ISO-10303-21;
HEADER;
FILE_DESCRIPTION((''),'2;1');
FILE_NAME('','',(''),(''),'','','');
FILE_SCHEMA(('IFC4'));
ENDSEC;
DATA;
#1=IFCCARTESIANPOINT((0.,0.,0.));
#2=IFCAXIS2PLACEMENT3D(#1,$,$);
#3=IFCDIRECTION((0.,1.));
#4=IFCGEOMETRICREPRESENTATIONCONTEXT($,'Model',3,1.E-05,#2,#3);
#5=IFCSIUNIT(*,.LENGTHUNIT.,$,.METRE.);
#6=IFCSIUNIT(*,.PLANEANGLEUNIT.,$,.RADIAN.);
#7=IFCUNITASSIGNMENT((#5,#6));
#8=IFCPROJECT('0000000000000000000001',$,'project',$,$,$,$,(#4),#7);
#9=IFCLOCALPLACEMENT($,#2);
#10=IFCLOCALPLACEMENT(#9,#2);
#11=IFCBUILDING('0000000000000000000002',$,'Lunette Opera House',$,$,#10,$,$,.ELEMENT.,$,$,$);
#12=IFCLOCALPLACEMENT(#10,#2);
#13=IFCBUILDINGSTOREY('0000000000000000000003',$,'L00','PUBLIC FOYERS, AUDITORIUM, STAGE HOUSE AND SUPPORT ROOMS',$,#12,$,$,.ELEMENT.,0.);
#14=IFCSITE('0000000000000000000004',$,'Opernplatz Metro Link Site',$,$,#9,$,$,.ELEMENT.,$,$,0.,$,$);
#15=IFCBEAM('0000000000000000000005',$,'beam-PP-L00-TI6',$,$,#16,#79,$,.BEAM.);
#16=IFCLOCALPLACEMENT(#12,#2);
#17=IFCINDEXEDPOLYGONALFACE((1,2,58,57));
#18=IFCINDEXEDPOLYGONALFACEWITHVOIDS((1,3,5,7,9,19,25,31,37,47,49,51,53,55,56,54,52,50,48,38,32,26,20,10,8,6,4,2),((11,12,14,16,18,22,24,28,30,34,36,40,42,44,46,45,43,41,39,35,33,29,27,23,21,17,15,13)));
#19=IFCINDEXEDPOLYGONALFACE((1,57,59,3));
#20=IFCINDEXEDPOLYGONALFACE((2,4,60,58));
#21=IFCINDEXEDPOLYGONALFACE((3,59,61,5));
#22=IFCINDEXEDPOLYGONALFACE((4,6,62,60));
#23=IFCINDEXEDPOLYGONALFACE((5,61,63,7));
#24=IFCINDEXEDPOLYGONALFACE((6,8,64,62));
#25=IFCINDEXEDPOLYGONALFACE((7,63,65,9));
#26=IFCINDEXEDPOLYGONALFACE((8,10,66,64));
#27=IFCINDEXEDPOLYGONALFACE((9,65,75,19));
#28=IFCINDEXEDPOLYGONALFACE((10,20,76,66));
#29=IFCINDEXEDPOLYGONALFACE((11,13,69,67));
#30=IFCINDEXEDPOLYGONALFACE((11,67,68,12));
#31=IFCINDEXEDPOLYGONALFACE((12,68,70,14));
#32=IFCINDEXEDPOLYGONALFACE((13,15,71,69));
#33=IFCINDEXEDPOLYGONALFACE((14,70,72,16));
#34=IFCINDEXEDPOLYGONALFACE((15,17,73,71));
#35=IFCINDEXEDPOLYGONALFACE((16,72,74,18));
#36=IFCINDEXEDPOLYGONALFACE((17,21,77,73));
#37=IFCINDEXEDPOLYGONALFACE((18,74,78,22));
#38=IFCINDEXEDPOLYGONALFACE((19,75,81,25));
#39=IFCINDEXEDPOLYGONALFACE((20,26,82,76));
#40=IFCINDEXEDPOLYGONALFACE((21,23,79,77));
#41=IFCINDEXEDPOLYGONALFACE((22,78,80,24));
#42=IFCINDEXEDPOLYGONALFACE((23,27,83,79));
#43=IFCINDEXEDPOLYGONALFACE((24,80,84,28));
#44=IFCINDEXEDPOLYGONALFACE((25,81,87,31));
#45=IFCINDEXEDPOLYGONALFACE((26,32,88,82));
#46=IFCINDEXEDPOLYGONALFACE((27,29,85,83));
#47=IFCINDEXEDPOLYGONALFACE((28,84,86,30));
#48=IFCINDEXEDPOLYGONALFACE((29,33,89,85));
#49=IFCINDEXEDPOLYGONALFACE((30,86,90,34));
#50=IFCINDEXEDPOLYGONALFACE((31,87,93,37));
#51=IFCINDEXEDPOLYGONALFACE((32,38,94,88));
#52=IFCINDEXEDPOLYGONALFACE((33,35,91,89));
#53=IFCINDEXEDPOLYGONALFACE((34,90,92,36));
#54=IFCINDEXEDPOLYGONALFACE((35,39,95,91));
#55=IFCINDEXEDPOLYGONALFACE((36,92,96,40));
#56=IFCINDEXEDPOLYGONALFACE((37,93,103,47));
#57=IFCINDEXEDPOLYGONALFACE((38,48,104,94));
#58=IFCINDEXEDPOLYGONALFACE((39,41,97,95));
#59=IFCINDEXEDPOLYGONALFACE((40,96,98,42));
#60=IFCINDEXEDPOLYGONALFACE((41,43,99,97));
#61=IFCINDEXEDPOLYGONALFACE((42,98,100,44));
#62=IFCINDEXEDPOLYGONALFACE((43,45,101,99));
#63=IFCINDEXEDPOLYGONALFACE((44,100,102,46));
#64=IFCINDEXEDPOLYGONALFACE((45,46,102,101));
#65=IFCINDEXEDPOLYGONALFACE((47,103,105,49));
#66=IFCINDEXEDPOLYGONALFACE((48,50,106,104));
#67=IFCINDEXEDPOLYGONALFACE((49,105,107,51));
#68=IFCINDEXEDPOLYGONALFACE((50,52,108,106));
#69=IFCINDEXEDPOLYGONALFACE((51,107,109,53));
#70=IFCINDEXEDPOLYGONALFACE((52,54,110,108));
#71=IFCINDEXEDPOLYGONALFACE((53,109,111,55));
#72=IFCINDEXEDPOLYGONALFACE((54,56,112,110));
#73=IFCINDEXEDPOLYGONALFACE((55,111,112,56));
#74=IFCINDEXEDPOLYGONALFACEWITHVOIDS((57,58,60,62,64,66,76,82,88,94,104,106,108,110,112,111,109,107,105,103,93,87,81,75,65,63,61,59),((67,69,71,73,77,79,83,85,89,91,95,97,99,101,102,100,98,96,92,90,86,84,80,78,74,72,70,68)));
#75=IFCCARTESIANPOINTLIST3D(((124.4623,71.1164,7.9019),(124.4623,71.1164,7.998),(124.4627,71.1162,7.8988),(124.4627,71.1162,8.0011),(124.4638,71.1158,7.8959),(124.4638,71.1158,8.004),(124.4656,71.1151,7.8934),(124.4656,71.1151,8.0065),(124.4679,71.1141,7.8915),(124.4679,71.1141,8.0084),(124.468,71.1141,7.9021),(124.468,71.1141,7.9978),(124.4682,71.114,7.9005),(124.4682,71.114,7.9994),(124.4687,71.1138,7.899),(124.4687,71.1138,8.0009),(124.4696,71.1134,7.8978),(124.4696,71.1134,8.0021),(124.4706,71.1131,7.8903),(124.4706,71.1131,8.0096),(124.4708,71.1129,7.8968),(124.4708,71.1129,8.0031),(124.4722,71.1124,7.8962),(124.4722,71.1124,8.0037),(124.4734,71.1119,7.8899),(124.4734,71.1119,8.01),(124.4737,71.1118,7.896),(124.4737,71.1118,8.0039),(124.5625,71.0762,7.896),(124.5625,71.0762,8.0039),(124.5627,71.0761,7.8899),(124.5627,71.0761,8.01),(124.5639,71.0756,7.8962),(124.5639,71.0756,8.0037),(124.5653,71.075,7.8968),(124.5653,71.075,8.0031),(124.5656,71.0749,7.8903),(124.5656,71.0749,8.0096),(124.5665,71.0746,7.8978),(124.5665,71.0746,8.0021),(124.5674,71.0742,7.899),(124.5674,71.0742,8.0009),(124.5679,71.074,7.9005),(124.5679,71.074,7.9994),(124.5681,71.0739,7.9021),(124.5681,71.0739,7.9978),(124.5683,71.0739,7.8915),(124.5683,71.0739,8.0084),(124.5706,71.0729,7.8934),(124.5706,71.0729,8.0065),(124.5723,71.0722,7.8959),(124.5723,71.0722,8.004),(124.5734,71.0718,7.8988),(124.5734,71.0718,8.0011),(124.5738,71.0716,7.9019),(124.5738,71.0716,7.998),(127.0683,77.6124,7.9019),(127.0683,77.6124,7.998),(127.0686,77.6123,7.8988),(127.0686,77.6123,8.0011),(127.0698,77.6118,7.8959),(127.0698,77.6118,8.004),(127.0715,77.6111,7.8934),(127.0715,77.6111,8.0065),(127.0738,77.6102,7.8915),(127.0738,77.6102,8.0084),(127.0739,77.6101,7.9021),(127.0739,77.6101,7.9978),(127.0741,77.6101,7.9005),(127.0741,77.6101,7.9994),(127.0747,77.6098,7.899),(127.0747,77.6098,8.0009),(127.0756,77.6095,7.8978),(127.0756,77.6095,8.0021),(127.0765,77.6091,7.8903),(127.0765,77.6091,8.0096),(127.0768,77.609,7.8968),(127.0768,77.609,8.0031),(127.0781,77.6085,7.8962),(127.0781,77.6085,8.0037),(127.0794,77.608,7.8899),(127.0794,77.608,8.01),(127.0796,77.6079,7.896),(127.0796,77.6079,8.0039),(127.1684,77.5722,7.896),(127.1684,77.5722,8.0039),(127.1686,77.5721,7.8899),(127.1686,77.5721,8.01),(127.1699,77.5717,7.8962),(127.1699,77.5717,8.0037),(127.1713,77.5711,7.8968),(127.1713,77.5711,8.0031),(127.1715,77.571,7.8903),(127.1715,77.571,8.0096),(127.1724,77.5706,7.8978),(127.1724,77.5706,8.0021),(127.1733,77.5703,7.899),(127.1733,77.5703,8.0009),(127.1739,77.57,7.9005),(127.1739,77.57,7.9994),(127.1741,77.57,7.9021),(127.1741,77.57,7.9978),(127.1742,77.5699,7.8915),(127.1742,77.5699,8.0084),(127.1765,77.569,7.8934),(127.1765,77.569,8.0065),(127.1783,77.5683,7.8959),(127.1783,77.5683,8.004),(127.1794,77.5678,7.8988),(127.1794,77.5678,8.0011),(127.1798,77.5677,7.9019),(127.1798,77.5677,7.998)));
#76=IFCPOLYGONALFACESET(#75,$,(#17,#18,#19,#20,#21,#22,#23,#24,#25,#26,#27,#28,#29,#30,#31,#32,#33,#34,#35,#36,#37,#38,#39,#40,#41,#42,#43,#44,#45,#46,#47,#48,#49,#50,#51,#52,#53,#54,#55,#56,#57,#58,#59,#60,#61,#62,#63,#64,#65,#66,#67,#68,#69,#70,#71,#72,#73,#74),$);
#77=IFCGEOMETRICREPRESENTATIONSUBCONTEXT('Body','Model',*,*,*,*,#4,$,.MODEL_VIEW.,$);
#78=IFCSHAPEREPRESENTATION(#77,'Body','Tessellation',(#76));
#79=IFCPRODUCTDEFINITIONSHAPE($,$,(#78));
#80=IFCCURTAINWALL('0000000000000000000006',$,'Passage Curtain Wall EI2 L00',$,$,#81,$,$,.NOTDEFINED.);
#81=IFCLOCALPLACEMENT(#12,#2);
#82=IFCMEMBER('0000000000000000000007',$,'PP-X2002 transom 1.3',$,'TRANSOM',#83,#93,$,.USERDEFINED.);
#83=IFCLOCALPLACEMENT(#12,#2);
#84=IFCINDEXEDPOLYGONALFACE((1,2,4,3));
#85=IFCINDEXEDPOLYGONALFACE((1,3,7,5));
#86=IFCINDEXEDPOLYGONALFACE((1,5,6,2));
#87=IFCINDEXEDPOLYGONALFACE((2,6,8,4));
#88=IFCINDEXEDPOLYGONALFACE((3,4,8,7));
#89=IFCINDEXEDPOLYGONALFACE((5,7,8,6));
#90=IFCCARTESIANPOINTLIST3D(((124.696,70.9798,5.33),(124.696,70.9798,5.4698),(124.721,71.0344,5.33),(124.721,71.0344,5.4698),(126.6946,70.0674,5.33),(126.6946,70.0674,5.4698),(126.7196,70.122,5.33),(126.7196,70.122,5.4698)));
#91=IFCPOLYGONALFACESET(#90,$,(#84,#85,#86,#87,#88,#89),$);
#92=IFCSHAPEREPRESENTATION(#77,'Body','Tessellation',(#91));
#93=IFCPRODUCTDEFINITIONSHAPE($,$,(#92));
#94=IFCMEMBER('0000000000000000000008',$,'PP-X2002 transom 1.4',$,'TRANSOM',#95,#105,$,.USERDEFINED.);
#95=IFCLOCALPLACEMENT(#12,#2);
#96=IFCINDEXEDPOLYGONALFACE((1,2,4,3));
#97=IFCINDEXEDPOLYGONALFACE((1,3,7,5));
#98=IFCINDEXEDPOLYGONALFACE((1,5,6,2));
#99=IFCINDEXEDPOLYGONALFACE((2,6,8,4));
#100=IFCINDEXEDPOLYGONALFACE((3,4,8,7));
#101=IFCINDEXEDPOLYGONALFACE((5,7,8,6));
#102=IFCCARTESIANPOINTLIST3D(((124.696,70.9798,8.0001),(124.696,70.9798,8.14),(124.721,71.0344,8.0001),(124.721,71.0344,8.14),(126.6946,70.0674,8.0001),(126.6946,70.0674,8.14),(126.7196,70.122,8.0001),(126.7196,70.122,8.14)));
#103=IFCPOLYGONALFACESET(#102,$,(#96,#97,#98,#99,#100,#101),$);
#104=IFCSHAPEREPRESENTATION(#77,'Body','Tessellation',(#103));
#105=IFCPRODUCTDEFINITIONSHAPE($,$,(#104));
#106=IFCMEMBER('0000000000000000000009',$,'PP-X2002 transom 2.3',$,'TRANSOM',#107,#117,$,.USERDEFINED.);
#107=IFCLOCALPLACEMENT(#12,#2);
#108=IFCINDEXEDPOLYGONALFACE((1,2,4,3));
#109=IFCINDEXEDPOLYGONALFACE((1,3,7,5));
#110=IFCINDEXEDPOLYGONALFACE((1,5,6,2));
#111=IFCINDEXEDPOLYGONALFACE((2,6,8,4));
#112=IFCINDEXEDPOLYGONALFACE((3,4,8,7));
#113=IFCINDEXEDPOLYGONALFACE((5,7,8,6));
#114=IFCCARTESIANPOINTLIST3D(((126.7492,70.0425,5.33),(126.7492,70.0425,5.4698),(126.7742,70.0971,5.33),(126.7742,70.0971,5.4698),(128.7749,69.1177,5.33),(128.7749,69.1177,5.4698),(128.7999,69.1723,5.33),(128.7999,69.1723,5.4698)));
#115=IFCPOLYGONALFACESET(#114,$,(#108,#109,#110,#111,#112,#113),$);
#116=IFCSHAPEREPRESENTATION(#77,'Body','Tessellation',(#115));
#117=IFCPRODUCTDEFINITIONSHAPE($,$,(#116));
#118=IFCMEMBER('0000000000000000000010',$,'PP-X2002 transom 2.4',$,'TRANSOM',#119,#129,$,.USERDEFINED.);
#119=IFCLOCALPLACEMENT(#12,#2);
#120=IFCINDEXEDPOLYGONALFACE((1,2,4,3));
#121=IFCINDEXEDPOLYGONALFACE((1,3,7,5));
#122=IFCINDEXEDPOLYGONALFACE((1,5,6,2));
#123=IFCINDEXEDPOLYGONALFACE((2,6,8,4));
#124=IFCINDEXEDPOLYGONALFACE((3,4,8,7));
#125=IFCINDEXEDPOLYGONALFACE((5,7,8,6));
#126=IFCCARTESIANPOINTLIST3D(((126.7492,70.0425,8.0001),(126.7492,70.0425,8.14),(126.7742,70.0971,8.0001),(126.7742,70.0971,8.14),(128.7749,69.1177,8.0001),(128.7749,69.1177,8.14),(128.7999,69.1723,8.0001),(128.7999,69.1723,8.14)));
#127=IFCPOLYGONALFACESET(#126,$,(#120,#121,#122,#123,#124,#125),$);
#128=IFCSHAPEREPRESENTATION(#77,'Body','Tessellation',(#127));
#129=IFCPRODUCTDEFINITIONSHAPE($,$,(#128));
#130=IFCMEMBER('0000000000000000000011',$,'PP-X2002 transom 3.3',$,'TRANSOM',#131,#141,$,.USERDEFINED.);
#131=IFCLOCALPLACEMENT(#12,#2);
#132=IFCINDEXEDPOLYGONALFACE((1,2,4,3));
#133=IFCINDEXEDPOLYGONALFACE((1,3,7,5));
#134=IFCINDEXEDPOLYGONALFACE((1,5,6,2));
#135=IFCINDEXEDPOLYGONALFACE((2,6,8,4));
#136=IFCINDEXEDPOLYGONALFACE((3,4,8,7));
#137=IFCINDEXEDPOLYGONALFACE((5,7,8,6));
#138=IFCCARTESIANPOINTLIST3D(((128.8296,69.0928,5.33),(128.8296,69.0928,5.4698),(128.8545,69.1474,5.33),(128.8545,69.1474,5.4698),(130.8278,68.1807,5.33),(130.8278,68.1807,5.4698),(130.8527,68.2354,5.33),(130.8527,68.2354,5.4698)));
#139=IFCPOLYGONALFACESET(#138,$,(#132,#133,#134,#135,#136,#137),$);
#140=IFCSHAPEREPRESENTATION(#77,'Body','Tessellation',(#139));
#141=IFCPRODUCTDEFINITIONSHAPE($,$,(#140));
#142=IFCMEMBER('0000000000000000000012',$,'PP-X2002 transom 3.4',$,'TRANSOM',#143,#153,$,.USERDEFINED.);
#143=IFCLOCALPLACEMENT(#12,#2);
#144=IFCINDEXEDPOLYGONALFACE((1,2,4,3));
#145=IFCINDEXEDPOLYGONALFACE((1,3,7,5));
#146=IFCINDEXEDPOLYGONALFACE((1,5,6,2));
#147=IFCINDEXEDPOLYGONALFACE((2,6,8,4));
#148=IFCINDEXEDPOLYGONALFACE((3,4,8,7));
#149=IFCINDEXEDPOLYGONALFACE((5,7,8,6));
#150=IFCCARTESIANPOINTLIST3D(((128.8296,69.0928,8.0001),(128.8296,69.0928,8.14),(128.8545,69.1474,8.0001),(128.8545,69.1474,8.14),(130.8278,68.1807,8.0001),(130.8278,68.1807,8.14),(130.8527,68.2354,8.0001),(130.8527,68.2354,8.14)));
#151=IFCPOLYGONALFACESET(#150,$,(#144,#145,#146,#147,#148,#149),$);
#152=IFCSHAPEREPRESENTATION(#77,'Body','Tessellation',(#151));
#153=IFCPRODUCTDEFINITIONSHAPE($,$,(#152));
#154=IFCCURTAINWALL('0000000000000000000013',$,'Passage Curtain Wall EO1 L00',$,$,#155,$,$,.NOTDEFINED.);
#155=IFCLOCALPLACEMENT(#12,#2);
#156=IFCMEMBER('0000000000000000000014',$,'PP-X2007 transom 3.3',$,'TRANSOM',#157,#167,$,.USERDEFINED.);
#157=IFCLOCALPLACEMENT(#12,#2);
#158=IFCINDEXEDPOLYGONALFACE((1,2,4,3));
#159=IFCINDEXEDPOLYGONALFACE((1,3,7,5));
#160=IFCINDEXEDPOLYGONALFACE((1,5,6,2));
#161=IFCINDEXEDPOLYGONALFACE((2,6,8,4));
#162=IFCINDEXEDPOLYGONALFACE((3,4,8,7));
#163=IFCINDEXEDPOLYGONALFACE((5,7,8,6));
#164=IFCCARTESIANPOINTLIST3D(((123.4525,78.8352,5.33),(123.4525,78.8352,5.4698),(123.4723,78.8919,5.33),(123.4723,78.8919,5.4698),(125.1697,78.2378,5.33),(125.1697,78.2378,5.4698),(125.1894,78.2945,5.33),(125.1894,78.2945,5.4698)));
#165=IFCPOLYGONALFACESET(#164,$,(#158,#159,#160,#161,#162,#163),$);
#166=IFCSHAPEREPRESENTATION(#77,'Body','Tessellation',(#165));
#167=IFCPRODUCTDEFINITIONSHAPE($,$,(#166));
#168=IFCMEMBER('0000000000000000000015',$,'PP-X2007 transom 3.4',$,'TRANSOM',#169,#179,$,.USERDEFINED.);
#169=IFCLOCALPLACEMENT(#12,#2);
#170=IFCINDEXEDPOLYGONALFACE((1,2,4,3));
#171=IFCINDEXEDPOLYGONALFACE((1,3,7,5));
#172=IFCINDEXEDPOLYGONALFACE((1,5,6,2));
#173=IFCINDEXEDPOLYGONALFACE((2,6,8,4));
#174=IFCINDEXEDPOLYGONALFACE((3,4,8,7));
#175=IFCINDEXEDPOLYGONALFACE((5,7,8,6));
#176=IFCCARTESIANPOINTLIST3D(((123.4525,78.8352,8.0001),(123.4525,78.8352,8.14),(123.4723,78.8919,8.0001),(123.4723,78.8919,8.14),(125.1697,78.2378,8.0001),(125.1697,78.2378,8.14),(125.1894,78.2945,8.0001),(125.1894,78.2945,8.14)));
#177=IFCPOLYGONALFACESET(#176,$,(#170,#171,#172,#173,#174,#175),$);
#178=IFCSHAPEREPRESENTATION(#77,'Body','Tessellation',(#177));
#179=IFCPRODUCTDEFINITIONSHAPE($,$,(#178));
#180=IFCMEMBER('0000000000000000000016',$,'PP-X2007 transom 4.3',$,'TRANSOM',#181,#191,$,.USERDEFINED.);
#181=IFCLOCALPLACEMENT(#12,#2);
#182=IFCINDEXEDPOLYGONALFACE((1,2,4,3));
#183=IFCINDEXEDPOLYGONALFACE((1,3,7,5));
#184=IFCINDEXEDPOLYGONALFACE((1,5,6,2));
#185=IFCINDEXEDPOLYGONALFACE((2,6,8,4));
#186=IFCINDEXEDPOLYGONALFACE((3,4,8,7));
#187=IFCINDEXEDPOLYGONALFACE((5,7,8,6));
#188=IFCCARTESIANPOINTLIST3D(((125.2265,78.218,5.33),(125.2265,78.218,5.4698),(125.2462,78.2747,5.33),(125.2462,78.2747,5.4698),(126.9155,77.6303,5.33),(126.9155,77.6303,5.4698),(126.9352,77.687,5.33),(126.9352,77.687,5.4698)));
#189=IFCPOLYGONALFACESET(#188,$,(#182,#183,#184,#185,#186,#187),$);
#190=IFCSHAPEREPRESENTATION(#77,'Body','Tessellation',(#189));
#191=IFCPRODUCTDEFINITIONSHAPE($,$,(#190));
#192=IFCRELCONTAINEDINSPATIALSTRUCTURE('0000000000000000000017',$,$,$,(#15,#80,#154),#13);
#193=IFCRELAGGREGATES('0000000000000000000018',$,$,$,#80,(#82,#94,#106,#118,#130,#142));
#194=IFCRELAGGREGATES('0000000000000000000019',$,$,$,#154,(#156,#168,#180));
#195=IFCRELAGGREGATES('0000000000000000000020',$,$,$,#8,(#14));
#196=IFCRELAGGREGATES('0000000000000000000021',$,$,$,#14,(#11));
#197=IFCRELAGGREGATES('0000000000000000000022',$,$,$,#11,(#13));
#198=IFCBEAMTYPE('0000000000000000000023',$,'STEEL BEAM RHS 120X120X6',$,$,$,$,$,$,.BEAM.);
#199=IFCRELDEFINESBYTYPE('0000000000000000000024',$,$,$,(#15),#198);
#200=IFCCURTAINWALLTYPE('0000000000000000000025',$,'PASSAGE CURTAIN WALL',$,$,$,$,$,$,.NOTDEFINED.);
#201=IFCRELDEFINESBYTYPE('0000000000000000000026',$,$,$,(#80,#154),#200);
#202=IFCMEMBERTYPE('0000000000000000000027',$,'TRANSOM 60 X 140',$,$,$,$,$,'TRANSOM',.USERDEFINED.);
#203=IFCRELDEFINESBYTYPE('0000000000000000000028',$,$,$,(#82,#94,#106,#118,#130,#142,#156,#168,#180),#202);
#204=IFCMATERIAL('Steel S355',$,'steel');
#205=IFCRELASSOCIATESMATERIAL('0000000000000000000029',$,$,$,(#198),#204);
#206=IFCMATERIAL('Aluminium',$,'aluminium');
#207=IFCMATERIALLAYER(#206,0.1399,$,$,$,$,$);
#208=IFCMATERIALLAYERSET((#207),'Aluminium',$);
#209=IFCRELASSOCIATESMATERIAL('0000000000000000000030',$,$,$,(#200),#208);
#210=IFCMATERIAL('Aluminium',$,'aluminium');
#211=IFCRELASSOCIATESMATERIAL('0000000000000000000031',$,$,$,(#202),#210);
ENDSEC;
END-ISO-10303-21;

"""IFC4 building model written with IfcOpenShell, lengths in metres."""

from ifc_helpers import new_model, si_unit, direction, frame, origin, origin_2d, place, context, subcontext, project, spatial, rectangle, hollow_rectangle, extrude, material, layer, layer_set, material_profile, profile_set, type_object, element, aggregate, save


model = new_model("IFC4")

# Units and contexts
model_context = context("Model", 3, precision=1e-05, world=origin(), true_north=direction((0.0, 1.0)))
body_context = subcontext(model_context, "Body", "Model", "MODEL_VIEW")
ifc_project = project(units=[si_unit("LENGTHUNIT", "METRE"), si_unit("PLANEANGLEUNIT", "RADIAN")], contexts=[model_context])

# Site, building, storey
site_placement = place(None, origin())
site = spatial("IfcSite", under=ifc_project, at=site_placement, Name="Opernplatz Metro Link Site", CompositionType="ELEMENT", RefElevation=0.0)
building_placement = place(site_placement, origin())
building = spatial("IfcBuilding", under=site, at=building_placement, Name="Lunette Opera House", CompositionType="ELEMENT")
storey_placement = place(building_placement, origin())
storey = spatial("IfcBuildingStorey", under=building, at=storey_placement, Name="L00", Description="PUBLIC FOYERS, AUDITORIUM, STAGE HOUSE AND SUPPORT ROOMS", CompositionType="ELEMENT", Elevation=0.0)

# Beam
ifc_material_1 = material(Name="Steel S355", Category="steel")
ifc_material_profile_1 = material_profile(ifc_material_1, hollow_rectangle(XDim=0.1201, YDim=0.1201, WallThickness=0.0061, InnerFilletRadius=0.0061, OuterFilletRadius=0.012, at=origin_2d()), Name="RHS 120X120X6")
ifc_profile_set_1 = profile_set([ifc_material_profile_1], Name="Steel S355")
beam_type_1 = type_object("IfcBeamType", Name="STEEL BEAM RHS 120X120X6", PredefinedType="BEAM", material=ifc_profile_set_1)
beam_placement = place(storey_placement, frame((124.5181, 71.094, 7.95), z_axis=(0.372317, 0.928106, 0.0), x_axis=(-0.928106, 0.372317, 0.0)))
element("IfcBeam", 1, at=beam_placement, inside=storey, type_object=beam_type_1, Name="beam-PP-L00-TI6", PredefinedType="BEAM", context=body_context, shape_type="SweptSolid", body=[
    extrude(hollow_rectangle(XDim=0.1201, YDim=0.1201, WallThickness=0.0061, InnerFilletRadius=0.0061, OuterFilletRadius=0.012, at=origin_2d()), origin(), (0.0, 0.0, 1.0), 6.9993),
])

# Curtain walls, members
ifc_material_2 = material(Name="Aluminium", Category="aluminium")
ifc_layer_1 = layer(ifc_material_2, 0.1399)
ifc_layer_set_1 = layer_set([ifc_layer_1], Name="Aluminium")
curtain_wall_type = type_object("IfcCurtainWallType", Name="PASSAGE CURTAIN WALL", PredefinedType="NOTDEFINED", material=ifc_layer_set_1)
curtain_wall_1_placement = place(storey_placement, origin())
curtain_wall_1 = element("IfcCurtainWall", 2, at=curtain_wall_1_placement, inside=storey, type_object=curtain_wall_type, Name="Passage Curtain Wall EI2 L00", PredefinedType="NOTDEFINED")
ifc_material_3 = material(Name="Aluminium", Category="aluminium")
ifc_material_profile_2 = material_profile(ifc_material_3, rectangle(XDim=0.0601, YDim=0.1399, at=origin_2d()), Name="TRANSOM 60 X 140")
ifc_profile_set_2 = profile_set([ifc_material_profile_2], Name="Aluminium")
member_type_1 = type_object("IfcMemberType", Name="TRANSOM 60 X 140", ElementType="TRANSOM", PredefinedType="USERDEFINED", material=ifc_profile_set_2)
member_1_placement = place(storey_placement, frame((124.7085, 71.0071, 5.3999), z_axis=(0.909692, -0.415284, 0.0), x_axis=(0.415284, 0.909692, 0.0)))
member_1 = element("IfcMember", 3, at=member_1_placement, type_object=member_type_1, Name="PP-X2002 transom 1.3", ObjectType="TRANSOM", PredefinedType="USERDEFINED", context=body_context, shape_type="SweptSolid", body=[
    extrude(rectangle(XDim=0.0601, YDim=0.1399, at=origin_2d()), origin(), (0.0, 0.0, 1.0), 2.197),
])
member_2_placement = place(storey_placement, frame((124.7085, 71.0071, 8.0701), z_axis=(0.909692, -0.415284, 0.0), x_axis=(0.415284, 0.909692, 0.0)))
member_2 = element("IfcMember", 4, at=member_2_placement, type_object=member_type_1, Name="PP-X2002 transom 1.4", ObjectType="TRANSOM", PredefinedType="USERDEFINED", context=body_context, shape_type="SweptSolid", body=[
    extrude(rectangle(XDim=0.0601, YDim=0.1399, at=origin_2d()), origin(), (0.0, 0.0, 1.0), 2.197),
])
member_3_placement = place(storey_placement, frame((126.7617, 70.0698, 5.3999), z_axis=(0.909678, -0.415314, 0.0), x_axis=(0.415314, 0.909678, 0.0)))
member_3 = element("IfcMember", 5, at=member_3_placement, type_object=member_type_1, Name="PP-X2002 transom 2.3", ObjectType="TRANSOM", PredefinedType="USERDEFINED", context=body_context, shape_type="SweptSolid", body=[
    extrude(rectangle(XDim=0.0601, YDim=0.1399, at=origin_2d()), origin(), (0.0, 0.0, 1.0), 2.2268),
])
member_4_placement = place(storey_placement, frame((126.7617, 70.0698, 8.0701), z_axis=(0.909678, -0.415314, 0.0), x_axis=(0.415314, 0.909678, 0.0)))
member_4 = element("IfcMember", 6, at=member_4_placement, type_object=member_type_1, Name="PP-X2002 transom 2.4", ObjectType="TRANSOM", PredefinedType="USERDEFINED", context=body_context, shape_type="SweptSolid", body=[
    extrude(rectangle(XDim=0.0601, YDim=0.1399, at=origin_2d()), origin(), (0.0, 0.0, 1.0), 2.2268),
])
member_5_placement = place(storey_placement, frame((128.842, 69.1201, 5.3999), z_axis=(0.909714, -0.415234, 0.0), x_axis=(0.415234, 0.909714, 0.0)))
member_5 = element("IfcMember", 7, at=member_5_placement, type_object=member_type_1, Name="PP-X2002 transom 3.3", ObjectType="TRANSOM", PredefinedType="USERDEFINED", context=body_context, shape_type="SweptSolid", body=[
    extrude(rectangle(XDim=0.0601, YDim=0.1399, at=origin_2d()), origin(), (0.0, 0.0, 1.0), 2.1965),
])
member_6_placement = place(storey_placement, frame((128.842, 69.1201, 8.0701), z_axis=(0.909714, -0.415234, 0.0), x_axis=(0.415234, 0.909714, 0.0)))
member_6 = element("IfcMember", 8, at=member_6_placement, type_object=member_type_1, Name="PP-X2002 transom 3.4", ObjectType="TRANSOM", PredefinedType="USERDEFINED", context=body_context, shape_type="SweptSolid", body=[
    extrude(rectangle(XDim=0.0601, YDim=0.1399, at=origin_2d()), origin(), (0.0, 0.0, 1.0), 2.1965),
])
curtain_wall_2_placement = place(storey_placement, origin())
curtain_wall_2 = element("IfcCurtainWall", 9, at=curtain_wall_2_placement, inside=storey, type_object=curtain_wall_type, Name="Passage Curtain Wall EO1 L00", PredefinedType="NOTDEFINED")
member_7_placement = place(storey_placement, frame((123.4624, 78.8635, 5.3999), z_axis=(0.94448, -0.328567, 0.0), x_axis=(0.328567, 0.94448, 0.0)))
member_7 = element("IfcMember", 10, at=member_7_placement, type_object=member_type_1, Name="PP-X2007 transom 3.3", ObjectType="TRANSOM", PredefinedType="USERDEFINED", context=body_context, shape_type="SweptSolid", body=[
    extrude(rectangle(XDim=0.0601, YDim=0.1399, at=origin_2d()), origin(), (0.0, 0.0, 1.0), 1.8181),
])
member_8_placement = place(storey_placement, frame((123.4624, 78.8635, 8.0701), z_axis=(0.94448, -0.328567, 0.0), x_axis=(0.328567, 0.94448, 0.0)))
member_8 = element("IfcMember", 11, at=member_8_placement, type_object=member_type_1, Name="PP-X2007 transom 3.4", ObjectType="TRANSOM", PredefinedType="USERDEFINED", context=body_context, shape_type="SweptSolid", body=[
    extrude(rectangle(XDim=0.0601, YDim=0.1399, at=origin_2d()), origin(), (0.0, 0.0, 1.0), 1.8181),
])
member_9_placement = place(storey_placement, frame((125.2363, 78.2463, 5.3999), z_axis=(0.944465, -0.328611, 0.0), x_axis=(0.328611, 0.944465, 0.0)))
member_9 = element("IfcMember", 12, at=member_9_placement, type_object=member_type_1, Name="PP-X2007 transom 4.3", ObjectType="TRANSOM", PredefinedType="USERDEFINED", context=body_context, shape_type="SweptSolid", body=[
    extrude(rectangle(XDim=0.0601, YDim=0.1399, at=origin_2d()), origin(), (0.0, 0.0, 1.0), 1.7883),
])

aggregate(curtain_wall_1, [member_1, member_2, member_3, member_4, member_5, member_6])
aggregate(curtain_wall_2, [member_7, member_8, member_9])

save(model, "model.ifc")
